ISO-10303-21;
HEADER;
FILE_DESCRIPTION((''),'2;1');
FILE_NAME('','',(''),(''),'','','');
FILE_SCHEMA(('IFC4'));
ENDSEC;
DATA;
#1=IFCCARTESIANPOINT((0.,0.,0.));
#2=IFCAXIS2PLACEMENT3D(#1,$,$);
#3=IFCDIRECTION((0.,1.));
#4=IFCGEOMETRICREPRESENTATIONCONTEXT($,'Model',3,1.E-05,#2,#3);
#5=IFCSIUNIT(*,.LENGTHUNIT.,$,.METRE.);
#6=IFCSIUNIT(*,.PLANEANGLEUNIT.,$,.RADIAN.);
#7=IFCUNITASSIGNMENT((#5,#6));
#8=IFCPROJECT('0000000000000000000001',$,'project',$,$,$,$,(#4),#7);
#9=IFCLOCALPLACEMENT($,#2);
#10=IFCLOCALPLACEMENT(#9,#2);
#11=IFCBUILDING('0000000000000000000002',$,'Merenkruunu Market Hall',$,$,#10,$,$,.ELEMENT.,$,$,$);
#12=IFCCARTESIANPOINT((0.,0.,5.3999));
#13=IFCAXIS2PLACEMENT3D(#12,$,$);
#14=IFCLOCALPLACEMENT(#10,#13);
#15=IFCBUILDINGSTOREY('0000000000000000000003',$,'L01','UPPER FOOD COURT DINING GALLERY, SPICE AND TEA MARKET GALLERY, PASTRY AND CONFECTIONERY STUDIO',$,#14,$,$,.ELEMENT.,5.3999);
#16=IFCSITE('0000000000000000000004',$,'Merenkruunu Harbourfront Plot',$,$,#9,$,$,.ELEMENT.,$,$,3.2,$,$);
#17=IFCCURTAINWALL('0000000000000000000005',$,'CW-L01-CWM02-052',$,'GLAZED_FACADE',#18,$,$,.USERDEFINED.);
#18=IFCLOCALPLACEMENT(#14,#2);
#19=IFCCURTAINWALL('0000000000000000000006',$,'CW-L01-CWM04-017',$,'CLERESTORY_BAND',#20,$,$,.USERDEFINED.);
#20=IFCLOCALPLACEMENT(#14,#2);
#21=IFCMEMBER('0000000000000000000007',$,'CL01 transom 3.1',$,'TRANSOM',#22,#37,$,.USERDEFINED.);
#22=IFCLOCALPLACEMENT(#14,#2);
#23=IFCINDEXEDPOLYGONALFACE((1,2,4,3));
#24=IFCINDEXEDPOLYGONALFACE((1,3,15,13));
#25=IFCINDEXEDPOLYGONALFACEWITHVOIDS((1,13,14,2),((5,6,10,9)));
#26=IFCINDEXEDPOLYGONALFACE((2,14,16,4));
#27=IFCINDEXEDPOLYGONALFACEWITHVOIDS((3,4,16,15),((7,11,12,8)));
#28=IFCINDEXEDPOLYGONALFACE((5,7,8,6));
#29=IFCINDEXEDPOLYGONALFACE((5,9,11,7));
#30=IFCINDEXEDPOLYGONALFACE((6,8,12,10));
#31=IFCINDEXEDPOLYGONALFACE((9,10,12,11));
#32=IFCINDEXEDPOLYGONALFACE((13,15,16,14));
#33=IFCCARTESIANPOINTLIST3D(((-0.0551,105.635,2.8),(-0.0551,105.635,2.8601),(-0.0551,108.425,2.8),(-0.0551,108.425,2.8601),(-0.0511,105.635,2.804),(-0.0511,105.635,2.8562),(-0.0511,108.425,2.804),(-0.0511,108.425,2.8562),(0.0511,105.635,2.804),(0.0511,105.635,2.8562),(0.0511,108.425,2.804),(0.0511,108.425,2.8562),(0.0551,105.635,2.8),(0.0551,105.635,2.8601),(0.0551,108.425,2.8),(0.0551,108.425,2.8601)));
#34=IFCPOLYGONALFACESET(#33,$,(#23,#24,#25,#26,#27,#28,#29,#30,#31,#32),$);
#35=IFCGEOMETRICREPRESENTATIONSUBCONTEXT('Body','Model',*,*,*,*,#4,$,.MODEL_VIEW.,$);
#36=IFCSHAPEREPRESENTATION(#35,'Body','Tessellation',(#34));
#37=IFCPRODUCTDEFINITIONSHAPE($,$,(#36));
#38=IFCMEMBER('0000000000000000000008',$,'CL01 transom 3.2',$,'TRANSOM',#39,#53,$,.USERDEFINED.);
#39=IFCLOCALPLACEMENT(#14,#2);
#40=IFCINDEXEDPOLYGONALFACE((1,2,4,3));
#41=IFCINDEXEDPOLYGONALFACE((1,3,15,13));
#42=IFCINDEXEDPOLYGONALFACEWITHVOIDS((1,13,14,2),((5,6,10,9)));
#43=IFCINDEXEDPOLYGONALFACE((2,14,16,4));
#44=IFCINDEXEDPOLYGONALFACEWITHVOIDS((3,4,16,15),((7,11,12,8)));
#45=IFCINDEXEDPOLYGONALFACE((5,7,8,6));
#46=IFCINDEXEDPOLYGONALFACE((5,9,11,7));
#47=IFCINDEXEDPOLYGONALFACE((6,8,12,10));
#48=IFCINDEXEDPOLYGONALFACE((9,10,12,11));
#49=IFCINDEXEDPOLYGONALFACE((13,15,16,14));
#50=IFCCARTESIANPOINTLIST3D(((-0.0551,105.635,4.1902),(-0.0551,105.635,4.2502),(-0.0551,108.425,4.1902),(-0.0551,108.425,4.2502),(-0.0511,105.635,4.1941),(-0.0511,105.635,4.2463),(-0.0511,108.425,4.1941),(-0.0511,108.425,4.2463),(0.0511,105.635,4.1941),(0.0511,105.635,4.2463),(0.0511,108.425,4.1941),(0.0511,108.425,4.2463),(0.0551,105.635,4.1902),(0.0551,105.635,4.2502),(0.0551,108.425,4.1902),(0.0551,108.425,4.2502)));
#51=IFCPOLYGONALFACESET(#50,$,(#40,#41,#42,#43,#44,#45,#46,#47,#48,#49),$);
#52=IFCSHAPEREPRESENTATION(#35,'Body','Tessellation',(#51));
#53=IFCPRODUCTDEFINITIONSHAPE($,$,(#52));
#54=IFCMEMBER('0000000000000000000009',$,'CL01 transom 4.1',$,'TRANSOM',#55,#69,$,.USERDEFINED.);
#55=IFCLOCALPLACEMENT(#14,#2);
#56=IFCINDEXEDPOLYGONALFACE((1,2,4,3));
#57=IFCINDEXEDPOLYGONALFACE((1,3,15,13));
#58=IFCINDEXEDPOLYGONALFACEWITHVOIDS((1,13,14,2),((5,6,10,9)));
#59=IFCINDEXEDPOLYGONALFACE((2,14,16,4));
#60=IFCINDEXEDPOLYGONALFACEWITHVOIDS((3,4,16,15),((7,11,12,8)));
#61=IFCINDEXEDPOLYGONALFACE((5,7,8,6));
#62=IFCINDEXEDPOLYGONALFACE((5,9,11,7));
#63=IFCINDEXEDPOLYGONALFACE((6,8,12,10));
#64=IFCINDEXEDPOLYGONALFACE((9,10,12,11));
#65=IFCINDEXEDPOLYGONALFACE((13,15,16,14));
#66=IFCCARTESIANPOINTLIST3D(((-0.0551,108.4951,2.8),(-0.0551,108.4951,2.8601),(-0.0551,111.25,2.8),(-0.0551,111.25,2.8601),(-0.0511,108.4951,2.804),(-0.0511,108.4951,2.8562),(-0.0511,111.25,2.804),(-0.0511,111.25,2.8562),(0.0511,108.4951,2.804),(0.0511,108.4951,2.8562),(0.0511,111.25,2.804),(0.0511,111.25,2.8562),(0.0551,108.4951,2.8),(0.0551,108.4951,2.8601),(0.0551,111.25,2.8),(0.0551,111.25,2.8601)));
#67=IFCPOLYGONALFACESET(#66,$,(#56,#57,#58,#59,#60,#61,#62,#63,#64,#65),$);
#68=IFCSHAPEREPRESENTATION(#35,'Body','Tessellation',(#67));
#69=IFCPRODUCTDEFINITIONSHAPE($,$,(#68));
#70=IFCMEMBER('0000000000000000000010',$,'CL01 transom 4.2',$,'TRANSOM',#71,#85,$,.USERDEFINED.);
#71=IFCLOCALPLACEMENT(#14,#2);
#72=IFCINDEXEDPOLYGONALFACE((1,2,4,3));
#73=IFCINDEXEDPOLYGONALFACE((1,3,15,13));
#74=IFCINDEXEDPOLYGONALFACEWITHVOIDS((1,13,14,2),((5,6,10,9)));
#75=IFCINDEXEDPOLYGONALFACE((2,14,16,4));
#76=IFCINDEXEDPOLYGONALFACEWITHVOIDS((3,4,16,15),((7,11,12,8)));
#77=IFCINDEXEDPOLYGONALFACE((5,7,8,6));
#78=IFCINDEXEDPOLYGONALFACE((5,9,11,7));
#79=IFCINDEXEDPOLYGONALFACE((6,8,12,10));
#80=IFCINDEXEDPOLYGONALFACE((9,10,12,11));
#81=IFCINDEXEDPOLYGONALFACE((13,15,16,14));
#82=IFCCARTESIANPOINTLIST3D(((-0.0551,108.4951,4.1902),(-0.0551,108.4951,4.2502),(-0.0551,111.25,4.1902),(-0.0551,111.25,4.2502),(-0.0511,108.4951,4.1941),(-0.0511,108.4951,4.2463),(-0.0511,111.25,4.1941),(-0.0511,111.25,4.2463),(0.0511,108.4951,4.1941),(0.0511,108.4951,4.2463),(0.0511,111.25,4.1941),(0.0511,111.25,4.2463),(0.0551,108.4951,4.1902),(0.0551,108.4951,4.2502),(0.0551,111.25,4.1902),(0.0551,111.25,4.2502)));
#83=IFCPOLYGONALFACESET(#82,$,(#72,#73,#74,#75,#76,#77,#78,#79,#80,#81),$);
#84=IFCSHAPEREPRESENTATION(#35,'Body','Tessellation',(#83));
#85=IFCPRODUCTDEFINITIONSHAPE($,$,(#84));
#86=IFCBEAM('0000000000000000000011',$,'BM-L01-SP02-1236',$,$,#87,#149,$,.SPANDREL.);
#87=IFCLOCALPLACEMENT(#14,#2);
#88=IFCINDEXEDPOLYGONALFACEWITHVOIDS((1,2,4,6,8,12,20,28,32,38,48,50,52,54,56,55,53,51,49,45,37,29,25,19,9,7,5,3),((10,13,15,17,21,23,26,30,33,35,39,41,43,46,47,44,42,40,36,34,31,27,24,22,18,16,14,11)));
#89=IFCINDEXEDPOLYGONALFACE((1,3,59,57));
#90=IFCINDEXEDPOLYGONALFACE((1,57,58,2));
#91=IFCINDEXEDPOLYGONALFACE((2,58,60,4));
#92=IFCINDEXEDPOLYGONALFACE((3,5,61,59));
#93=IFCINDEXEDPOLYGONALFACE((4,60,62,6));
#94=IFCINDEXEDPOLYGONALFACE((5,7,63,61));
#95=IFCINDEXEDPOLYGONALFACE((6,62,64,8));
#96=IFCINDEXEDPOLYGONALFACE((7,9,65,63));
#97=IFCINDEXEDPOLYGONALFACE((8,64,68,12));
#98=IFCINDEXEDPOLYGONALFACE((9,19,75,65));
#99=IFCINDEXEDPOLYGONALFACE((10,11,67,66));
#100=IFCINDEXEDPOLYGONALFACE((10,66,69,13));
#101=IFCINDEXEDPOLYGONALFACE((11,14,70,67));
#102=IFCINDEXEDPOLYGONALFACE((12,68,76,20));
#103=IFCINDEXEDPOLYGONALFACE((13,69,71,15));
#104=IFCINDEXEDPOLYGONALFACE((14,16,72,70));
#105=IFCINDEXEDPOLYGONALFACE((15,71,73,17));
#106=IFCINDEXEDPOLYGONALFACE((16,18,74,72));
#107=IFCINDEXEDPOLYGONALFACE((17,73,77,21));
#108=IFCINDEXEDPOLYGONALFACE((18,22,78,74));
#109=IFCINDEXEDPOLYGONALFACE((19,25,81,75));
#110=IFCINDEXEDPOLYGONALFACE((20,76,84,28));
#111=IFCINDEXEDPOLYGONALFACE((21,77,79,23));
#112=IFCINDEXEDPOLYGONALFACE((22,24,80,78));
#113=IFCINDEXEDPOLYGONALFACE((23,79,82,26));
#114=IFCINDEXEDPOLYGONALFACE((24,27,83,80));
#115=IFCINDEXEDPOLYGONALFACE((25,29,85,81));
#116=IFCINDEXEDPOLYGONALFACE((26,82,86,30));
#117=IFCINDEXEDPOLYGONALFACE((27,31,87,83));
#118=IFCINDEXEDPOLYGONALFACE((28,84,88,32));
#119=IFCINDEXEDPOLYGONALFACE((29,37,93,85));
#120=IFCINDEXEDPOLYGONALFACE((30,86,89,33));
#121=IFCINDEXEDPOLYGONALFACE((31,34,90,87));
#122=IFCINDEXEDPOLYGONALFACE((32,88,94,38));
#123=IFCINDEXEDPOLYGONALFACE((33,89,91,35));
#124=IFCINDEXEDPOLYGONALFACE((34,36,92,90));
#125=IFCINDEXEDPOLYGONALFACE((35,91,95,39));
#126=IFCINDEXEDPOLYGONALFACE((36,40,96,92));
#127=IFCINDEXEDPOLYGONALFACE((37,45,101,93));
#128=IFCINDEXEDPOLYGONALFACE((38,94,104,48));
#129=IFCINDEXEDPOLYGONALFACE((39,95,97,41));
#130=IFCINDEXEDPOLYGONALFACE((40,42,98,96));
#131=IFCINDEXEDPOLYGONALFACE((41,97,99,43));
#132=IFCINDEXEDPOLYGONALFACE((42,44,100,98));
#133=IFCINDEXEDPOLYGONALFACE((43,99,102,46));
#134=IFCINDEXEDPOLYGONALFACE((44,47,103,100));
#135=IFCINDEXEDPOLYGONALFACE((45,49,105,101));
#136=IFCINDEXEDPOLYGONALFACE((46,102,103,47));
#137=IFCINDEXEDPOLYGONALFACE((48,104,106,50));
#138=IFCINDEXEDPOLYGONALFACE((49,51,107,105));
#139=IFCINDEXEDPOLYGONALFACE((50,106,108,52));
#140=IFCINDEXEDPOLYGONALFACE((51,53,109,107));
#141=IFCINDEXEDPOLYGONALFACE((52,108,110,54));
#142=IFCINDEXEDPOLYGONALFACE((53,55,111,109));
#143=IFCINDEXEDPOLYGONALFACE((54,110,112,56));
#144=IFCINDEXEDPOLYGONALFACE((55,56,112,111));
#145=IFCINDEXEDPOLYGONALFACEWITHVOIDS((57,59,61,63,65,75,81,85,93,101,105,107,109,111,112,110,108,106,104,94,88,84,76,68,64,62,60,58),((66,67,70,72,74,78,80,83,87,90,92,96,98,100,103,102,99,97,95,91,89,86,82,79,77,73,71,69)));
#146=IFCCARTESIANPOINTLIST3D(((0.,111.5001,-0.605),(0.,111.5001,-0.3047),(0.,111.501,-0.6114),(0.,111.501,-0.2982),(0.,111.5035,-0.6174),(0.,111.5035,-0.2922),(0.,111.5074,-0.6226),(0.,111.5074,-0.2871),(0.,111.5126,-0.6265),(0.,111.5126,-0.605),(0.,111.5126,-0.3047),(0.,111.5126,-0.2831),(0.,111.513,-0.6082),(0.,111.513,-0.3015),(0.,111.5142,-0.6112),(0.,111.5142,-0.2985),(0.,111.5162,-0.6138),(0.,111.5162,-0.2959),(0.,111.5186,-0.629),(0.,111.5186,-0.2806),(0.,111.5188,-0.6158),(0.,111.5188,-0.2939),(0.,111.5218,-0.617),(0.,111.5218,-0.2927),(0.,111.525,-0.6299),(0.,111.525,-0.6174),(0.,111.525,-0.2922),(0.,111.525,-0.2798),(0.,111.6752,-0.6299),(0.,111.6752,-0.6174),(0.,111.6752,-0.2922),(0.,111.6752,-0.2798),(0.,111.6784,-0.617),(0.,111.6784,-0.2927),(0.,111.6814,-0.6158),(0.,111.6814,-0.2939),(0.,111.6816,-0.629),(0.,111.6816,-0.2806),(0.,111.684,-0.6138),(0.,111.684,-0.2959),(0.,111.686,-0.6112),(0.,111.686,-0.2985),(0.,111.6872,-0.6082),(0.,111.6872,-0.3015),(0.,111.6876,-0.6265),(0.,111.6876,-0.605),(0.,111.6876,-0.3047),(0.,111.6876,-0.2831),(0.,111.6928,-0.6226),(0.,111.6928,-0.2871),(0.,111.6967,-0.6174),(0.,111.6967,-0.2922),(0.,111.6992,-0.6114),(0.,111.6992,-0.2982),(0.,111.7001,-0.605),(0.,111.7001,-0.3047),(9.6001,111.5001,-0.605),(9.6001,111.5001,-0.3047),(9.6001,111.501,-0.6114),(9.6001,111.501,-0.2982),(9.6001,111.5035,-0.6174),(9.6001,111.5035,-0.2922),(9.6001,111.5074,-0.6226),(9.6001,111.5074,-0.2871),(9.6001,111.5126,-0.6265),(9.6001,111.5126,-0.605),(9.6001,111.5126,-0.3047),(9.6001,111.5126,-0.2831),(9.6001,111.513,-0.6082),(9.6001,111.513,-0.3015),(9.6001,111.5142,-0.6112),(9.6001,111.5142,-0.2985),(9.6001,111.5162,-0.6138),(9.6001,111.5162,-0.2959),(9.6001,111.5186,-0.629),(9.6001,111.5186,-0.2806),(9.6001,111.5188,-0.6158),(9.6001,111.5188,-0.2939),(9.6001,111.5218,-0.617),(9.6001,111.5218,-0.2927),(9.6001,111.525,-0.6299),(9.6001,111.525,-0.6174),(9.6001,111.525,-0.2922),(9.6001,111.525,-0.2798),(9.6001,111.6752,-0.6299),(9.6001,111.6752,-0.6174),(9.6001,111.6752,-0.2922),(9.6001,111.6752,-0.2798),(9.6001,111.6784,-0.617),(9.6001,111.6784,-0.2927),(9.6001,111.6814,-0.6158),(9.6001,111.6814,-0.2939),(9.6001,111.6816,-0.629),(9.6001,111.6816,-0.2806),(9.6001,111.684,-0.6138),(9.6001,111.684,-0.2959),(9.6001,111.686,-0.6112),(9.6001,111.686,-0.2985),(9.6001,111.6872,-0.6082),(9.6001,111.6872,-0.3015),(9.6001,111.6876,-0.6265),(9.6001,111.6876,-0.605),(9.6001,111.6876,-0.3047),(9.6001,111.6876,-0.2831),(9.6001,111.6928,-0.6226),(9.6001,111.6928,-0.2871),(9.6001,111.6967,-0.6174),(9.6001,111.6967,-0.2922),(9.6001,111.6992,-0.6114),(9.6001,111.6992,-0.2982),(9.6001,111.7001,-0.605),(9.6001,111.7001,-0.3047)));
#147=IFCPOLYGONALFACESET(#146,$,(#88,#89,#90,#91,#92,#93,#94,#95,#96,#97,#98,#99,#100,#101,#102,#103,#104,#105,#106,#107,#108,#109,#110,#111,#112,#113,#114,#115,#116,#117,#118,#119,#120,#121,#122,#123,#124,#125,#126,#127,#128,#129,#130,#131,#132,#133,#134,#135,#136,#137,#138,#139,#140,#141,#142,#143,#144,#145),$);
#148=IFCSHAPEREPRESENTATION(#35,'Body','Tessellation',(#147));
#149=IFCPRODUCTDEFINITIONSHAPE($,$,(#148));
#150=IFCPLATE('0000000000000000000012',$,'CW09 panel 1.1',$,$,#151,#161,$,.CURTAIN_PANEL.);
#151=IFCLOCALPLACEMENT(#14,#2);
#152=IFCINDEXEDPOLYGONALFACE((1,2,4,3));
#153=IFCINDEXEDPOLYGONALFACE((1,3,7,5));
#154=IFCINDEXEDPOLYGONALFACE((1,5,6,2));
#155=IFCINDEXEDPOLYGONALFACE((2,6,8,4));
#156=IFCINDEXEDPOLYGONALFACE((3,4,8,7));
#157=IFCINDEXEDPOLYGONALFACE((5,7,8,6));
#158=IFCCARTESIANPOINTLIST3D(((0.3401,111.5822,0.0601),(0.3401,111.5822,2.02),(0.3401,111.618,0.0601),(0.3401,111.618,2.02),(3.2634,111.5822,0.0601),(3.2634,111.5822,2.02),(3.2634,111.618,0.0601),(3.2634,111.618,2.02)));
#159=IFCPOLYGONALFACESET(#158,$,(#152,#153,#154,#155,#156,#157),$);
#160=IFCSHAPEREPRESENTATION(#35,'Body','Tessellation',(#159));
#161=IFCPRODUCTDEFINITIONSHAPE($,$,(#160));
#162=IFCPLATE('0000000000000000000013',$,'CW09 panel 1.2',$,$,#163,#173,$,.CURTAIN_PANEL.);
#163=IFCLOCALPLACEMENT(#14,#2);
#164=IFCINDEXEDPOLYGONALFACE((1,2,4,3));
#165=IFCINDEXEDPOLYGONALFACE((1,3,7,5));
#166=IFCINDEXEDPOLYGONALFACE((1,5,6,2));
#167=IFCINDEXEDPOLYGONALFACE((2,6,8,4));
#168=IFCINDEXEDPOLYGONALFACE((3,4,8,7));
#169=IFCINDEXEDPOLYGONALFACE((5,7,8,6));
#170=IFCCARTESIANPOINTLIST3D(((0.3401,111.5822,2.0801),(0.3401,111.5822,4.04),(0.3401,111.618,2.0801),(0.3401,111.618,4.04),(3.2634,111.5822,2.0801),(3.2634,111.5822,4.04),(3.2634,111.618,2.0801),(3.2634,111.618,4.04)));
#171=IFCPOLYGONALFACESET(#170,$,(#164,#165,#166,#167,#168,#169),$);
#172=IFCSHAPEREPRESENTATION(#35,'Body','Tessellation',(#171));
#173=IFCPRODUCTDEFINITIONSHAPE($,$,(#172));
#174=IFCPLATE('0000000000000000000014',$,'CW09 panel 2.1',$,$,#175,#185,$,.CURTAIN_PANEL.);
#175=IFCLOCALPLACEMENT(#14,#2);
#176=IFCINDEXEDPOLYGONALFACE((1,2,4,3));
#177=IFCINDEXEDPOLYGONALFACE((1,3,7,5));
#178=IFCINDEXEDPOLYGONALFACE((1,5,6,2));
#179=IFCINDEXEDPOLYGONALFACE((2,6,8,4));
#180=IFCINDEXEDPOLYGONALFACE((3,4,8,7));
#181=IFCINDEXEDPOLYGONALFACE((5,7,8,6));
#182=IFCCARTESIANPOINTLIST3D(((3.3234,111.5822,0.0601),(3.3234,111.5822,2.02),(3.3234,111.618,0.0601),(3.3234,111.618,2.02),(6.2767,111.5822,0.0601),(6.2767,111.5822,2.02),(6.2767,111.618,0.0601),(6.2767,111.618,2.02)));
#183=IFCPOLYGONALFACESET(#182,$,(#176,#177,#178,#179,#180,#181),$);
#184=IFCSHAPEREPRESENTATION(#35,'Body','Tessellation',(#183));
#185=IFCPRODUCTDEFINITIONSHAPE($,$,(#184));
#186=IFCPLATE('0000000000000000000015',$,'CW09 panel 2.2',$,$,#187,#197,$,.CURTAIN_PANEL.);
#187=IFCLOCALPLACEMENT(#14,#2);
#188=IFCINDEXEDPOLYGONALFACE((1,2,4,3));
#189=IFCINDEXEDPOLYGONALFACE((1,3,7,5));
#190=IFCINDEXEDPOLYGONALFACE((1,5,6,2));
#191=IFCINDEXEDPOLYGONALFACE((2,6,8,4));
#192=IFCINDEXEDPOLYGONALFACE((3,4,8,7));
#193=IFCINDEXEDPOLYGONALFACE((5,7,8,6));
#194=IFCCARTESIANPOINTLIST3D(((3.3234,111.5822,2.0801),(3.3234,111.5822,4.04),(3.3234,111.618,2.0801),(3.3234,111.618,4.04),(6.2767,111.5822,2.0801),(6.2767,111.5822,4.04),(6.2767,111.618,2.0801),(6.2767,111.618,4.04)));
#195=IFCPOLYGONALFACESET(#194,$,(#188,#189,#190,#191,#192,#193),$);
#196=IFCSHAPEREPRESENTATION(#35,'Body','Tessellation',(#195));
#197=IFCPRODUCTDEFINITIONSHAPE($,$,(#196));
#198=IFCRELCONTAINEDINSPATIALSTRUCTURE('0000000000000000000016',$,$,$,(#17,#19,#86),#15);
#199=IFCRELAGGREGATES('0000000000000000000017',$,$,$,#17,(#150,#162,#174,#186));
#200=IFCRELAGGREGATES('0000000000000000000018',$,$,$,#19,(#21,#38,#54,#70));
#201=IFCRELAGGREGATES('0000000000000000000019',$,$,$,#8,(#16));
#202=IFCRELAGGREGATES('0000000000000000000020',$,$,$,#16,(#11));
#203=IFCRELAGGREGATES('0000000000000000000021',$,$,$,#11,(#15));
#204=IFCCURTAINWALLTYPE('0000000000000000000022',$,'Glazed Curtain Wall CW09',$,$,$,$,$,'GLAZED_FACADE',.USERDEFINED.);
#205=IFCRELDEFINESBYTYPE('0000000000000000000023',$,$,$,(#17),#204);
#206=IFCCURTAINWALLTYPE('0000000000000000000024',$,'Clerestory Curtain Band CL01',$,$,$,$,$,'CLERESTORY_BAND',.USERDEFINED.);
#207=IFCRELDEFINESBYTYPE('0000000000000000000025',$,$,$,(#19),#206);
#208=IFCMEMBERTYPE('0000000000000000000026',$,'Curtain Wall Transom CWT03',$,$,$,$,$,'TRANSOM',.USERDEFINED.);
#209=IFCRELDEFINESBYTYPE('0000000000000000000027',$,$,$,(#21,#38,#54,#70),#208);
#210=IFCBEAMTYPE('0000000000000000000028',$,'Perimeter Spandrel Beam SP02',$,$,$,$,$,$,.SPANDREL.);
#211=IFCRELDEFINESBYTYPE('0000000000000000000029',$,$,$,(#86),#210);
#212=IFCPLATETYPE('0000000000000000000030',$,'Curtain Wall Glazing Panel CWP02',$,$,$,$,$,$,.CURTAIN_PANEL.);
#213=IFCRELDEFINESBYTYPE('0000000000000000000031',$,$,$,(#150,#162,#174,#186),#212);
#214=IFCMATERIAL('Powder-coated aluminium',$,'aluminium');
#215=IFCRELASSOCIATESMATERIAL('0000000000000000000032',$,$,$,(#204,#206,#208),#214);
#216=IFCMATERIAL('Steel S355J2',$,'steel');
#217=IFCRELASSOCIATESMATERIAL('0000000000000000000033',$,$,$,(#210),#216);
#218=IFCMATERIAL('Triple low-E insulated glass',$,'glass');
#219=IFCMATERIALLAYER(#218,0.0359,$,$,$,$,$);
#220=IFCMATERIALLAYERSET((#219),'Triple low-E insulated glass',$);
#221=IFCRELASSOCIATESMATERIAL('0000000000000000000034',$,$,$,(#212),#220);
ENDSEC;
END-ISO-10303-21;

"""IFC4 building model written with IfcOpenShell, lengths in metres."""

from ifc_helpers import new_model, si_unit, direction, frame, origin, origin_2d, place, context, subcontext, project, spatial, rectangle, hollow_rectangle, extrude, material, layer, layer_set, material_profile, profile_set, type_object, element, aggregate, save


model = new_model("IFC4")

# Units and contexts
model_context = context("Model", 3, precision=1e-05, world=origin(), true_north=direction((0.0, 1.0)))
body_context = subcontext(model_context, "Body", "Model", "MODEL_VIEW")
ifc_project = project(units=[si_unit("LENGTHUNIT", "METRE"), si_unit("PLANEANGLEUNIT", "RADIAN")], contexts=[model_context])

# Site, building, storey
site_placement = place(None, origin())
site = spatial("IfcSite", under=ifc_project, at=site_placement, Name="Merenkruunu Harbourfront Plot", CompositionType="ELEMENT", RefElevation=3.2)
building_placement = place(site_placement, origin())
building = spatial("IfcBuilding", under=site, at=building_placement, Name="Merenkruunu Market Hall", CompositionType="ELEMENT")
storey_placement = place(building_placement, frame((0.0, 0.0, 5.3999)))
storey = spatial("IfcBuildingStorey", under=building, at=storey_placement, Name="L01", Description="UPPER FOOD COURT DINING GALLERY, SPICE AND TEA MARKET GALLERY, PASTRY AND CONFECTIONERY STUDIO", CompositionType="ELEMENT", Elevation=5.3999)

# Shared definitions
ifc_material_1 = material(Name="Steel S355J2", Category="steel")

# Curtain walls
ifc_material_2 = material(Name="Powder-coated aluminium", Category="aluminium")
curtain_wall_type_1 = type_object("IfcCurtainWallType", Name="Glazed Curtain Wall CW09", ElementType="GLAZED_FACADE", PredefinedType="USERDEFINED", material=ifc_material_2)
curtain_wall_1_placement = place(storey_placement, origin())
curtain_wall_1 = element("IfcCurtainWall", 1, at=curtain_wall_1_placement, inside=storey, type_object=curtain_wall_type_1, Name="CW-L01-CWM02-052", ObjectType="GLAZED_FACADE", PredefinedType="USERDEFINED")
curtain_wall_type_2 = type_object("IfcCurtainWallType", Name="Clerestory Curtain Band CL01", ElementType="CLERESTORY_BAND", PredefinedType="USERDEFINED", material=ifc_material_2)
curtain_wall_2_placement = place(storey_placement, origin())
curtain_wall_2 = element("IfcCurtainWall", 2, at=curtain_wall_2_placement, inside=storey, type_object=curtain_wall_type_2, Name="CW-L01-CWM04-017", ObjectType="CLERESTORY_BAND", PredefinedType="USERDEFINED")

# Members
ifc_material_profile_1 = material_profile(ifc_material_2, hollow_rectangle(XDim=0.0601, YDim=0.1101, WallThickness=0.0039, at=origin_2d()), Name="ALU 60x110x4")
ifc_profile_set_1 = profile_set([ifc_material_profile_1], Name="Powder-coated aluminium")
member_type_1 = type_object("IfcMemberType", Name="Curtain Wall Transom CWT03", ElementType="TRANSOM", PredefinedType="USERDEFINED", material=ifc_profile_set_1)
member_1_placement = place(storey_placement, frame((0.0, 105.635, 2.8301), z_axis=(0.0, 1.0, 0.0), x_axis=(0.0, 0.0, 1.0)))
member_1 = element("IfcMember", 3, at=member_1_placement, type_object=member_type_1, Name="CL01 transom 3.1", ObjectType="TRANSOM", PredefinedType="USERDEFINED", context=body_context, shape_type="SweptSolid", body=[
    extrude(hollow_rectangle(XDim=0.0601, YDim=0.1101, WallThickness=0.0039, at=origin_2d()), origin(), (0.0, 0.0, 1.0), 2.79),
])
member_2_placement = place(storey_placement, frame((0.0, 105.635, 4.2202), z_axis=(0.0, 1.0, 0.0), x_axis=(0.0, 0.0, 1.0)))
member_2 = element("IfcMember", 4, at=member_2_placement, type_object=member_type_1, Name="CL01 transom 3.2", ObjectType="TRANSOM", PredefinedType="USERDEFINED", context=body_context, shape_type="SweptSolid", body=[
    extrude(hollow_rectangle(XDim=0.0601, YDim=0.1101, WallThickness=0.0039, at=origin_2d()), origin(), (0.0, 0.0, 1.0), 2.79),
])
member_3_placement = place(storey_placement, frame((0.0, 108.4951, 2.8301), z_axis=(0.0, 1.0, 0.0), x_axis=(0.0, 0.0, 1.0)))
member_3 = element("IfcMember", 5, at=member_3_placement, type_object=member_type_1, Name="CL01 transom 4.1", ObjectType="TRANSOM", PredefinedType="USERDEFINED", context=body_context, shape_type="SweptSolid", body=[
    extrude(hollow_rectangle(XDim=0.0601, YDim=0.1101, WallThickness=0.0039, at=origin_2d()), origin(), (0.0, 0.0, 1.0), 2.7549),
])
member_4_placement = place(storey_placement, frame((0.0, 108.4951, 4.2202), z_axis=(0.0, 1.0, 0.0), x_axis=(0.0, 0.0, 1.0)))
member_4 = element("IfcMember", 6, at=member_4_placement, type_object=member_type_1, Name="CL01 transom 4.2", ObjectType="TRANSOM", PredefinedType="USERDEFINED", context=body_context, shape_type="SweptSolid", body=[
    extrude(hollow_rectangle(XDim=0.0601, YDim=0.1101, WallThickness=0.0039, at=origin_2d()), origin(), (0.0, 0.0, 1.0), 2.7549),
])

# Beam
ifc_material_profile_2 = material_profile(ifc_material_1, hollow_rectangle(XDim=0.2, YDim=0.3501, WallThickness=0.0125, InnerFilletRadius=0.0125, OuterFilletRadius=0.0249, at=origin_2d()), Name="RHS 350x200x12.5")
ifc_profile_set_2 = profile_set([ifc_material_profile_2], Name="Steel S355J2")
beam_type = type_object("IfcBeamType", Name="Perimeter Spandrel Beam SP02", PredefinedType="SPANDREL", material=ifc_profile_set_2)
beam_placement = place(storey_placement, frame((0.0, 111.6001, -0.4548), z_axis=(1.0, 0.0, 0.0), x_axis=(0.0, 1.0, 0.0)))
element("IfcBeam", 7, at=beam_placement, inside=storey, type_object=beam_type, Name="BM-L01-SP02-1236", PredefinedType="SPANDREL", context=body_context, shape_type="SweptSolid", body=[
    extrude(hollow_rectangle(XDim=0.2, YDim=0.3501, WallThickness=0.0125, InnerFilletRadius=0.0125, OuterFilletRadius=0.0249, at=origin_2d()), origin(), (0.0, 0.0, 1.0), 9.6001),
])

# Plates
ifc_material_3 = material(Name="Triple low-E insulated glass", Category="glass")
ifc_layer_1 = layer(ifc_material_3, 0.0359)
ifc_layer_set_1 = layer_set([ifc_layer_1], Name="Triple low-E insulated glass")
plate_type_1 = type_object("IfcPlateType", Name="Curtain Wall Glazing Panel CWP02", PredefinedType="CURTAIN_PANEL", material=ifc_layer_set_1)
plate_1_placement = place(storey_placement, frame((1.8018, 111.6001, 0.0601), z_axis=(0.0, 0.0, 1.0), x_axis=(1.0, 0.0, 0.0)))
plate_1 = element("IfcPlate", 8, at=plate_1_placement, type_object=plate_type_1, Name="CW09 panel 1.1", PredefinedType="CURTAIN_PANEL", context=body_context, shape_type="SweptSolid", body=[
    extrude(rectangle(XDim=2.9233, YDim=0.0359, at=origin_2d()), origin(), (0.0, 0.0, 1.0), 1.96),
])
plate_2_placement = place(storey_placement, frame((1.8018, 111.6001, 2.0801), z_axis=(0.0, 0.0, 1.0), x_axis=(1.0, 0.0, 0.0)))
plate_2 = element("IfcPlate", 9, at=plate_2_placement, type_object=plate_type_1, Name="CW09 panel 1.2", PredefinedType="CURTAIN_PANEL", context=body_context, shape_type="SweptSolid", body=[
    extrude(rectangle(XDim=2.9233, YDim=0.0359, at=origin_2d()), origin(), (0.0, 0.0, 1.0), 1.96),
])
plate_3_placement = place(storey_placement, frame((4.8, 111.6001, 0.0601), z_axis=(0.0, 0.0, 1.0), x_axis=(1.0, 0.0, 0.0)))
plate_3 = element("IfcPlate", 10, at=plate_3_placement, type_object=plate_type_1, Name="CW09 panel 2.1", PredefinedType="CURTAIN_PANEL", context=body_context, shape_type="SweptSolid", body=[
    extrude(rectangle(XDim=2.9534, YDim=0.0359, at=origin_2d()), origin(), (0.0, 0.0, 1.0), 1.96),
])
plate_4_placement = place(storey_placement, frame((4.8, 111.6001, 2.0801), z_axis=(0.0, 0.0, 1.0), x_axis=(1.0, 0.0, 0.0)))
plate_4 = element("IfcPlate", 11, at=plate_4_placement, type_object=plate_type_1, Name="CW09 panel 2.2", PredefinedType="CURTAIN_PANEL", context=body_context, shape_type="SweptSolid", body=[
    extrude(rectangle(XDim=2.9534, YDim=0.0359, at=origin_2d()), origin(), (0.0, 0.0, 1.0), 1.96),
])
aggregate(curtain_wall_1, [plate_1, plate_2, plate_3, plate_4])
aggregate(curtain_wall_2, [member_1, member_2, member_3, member_4])

save(model, "model.ifc")
